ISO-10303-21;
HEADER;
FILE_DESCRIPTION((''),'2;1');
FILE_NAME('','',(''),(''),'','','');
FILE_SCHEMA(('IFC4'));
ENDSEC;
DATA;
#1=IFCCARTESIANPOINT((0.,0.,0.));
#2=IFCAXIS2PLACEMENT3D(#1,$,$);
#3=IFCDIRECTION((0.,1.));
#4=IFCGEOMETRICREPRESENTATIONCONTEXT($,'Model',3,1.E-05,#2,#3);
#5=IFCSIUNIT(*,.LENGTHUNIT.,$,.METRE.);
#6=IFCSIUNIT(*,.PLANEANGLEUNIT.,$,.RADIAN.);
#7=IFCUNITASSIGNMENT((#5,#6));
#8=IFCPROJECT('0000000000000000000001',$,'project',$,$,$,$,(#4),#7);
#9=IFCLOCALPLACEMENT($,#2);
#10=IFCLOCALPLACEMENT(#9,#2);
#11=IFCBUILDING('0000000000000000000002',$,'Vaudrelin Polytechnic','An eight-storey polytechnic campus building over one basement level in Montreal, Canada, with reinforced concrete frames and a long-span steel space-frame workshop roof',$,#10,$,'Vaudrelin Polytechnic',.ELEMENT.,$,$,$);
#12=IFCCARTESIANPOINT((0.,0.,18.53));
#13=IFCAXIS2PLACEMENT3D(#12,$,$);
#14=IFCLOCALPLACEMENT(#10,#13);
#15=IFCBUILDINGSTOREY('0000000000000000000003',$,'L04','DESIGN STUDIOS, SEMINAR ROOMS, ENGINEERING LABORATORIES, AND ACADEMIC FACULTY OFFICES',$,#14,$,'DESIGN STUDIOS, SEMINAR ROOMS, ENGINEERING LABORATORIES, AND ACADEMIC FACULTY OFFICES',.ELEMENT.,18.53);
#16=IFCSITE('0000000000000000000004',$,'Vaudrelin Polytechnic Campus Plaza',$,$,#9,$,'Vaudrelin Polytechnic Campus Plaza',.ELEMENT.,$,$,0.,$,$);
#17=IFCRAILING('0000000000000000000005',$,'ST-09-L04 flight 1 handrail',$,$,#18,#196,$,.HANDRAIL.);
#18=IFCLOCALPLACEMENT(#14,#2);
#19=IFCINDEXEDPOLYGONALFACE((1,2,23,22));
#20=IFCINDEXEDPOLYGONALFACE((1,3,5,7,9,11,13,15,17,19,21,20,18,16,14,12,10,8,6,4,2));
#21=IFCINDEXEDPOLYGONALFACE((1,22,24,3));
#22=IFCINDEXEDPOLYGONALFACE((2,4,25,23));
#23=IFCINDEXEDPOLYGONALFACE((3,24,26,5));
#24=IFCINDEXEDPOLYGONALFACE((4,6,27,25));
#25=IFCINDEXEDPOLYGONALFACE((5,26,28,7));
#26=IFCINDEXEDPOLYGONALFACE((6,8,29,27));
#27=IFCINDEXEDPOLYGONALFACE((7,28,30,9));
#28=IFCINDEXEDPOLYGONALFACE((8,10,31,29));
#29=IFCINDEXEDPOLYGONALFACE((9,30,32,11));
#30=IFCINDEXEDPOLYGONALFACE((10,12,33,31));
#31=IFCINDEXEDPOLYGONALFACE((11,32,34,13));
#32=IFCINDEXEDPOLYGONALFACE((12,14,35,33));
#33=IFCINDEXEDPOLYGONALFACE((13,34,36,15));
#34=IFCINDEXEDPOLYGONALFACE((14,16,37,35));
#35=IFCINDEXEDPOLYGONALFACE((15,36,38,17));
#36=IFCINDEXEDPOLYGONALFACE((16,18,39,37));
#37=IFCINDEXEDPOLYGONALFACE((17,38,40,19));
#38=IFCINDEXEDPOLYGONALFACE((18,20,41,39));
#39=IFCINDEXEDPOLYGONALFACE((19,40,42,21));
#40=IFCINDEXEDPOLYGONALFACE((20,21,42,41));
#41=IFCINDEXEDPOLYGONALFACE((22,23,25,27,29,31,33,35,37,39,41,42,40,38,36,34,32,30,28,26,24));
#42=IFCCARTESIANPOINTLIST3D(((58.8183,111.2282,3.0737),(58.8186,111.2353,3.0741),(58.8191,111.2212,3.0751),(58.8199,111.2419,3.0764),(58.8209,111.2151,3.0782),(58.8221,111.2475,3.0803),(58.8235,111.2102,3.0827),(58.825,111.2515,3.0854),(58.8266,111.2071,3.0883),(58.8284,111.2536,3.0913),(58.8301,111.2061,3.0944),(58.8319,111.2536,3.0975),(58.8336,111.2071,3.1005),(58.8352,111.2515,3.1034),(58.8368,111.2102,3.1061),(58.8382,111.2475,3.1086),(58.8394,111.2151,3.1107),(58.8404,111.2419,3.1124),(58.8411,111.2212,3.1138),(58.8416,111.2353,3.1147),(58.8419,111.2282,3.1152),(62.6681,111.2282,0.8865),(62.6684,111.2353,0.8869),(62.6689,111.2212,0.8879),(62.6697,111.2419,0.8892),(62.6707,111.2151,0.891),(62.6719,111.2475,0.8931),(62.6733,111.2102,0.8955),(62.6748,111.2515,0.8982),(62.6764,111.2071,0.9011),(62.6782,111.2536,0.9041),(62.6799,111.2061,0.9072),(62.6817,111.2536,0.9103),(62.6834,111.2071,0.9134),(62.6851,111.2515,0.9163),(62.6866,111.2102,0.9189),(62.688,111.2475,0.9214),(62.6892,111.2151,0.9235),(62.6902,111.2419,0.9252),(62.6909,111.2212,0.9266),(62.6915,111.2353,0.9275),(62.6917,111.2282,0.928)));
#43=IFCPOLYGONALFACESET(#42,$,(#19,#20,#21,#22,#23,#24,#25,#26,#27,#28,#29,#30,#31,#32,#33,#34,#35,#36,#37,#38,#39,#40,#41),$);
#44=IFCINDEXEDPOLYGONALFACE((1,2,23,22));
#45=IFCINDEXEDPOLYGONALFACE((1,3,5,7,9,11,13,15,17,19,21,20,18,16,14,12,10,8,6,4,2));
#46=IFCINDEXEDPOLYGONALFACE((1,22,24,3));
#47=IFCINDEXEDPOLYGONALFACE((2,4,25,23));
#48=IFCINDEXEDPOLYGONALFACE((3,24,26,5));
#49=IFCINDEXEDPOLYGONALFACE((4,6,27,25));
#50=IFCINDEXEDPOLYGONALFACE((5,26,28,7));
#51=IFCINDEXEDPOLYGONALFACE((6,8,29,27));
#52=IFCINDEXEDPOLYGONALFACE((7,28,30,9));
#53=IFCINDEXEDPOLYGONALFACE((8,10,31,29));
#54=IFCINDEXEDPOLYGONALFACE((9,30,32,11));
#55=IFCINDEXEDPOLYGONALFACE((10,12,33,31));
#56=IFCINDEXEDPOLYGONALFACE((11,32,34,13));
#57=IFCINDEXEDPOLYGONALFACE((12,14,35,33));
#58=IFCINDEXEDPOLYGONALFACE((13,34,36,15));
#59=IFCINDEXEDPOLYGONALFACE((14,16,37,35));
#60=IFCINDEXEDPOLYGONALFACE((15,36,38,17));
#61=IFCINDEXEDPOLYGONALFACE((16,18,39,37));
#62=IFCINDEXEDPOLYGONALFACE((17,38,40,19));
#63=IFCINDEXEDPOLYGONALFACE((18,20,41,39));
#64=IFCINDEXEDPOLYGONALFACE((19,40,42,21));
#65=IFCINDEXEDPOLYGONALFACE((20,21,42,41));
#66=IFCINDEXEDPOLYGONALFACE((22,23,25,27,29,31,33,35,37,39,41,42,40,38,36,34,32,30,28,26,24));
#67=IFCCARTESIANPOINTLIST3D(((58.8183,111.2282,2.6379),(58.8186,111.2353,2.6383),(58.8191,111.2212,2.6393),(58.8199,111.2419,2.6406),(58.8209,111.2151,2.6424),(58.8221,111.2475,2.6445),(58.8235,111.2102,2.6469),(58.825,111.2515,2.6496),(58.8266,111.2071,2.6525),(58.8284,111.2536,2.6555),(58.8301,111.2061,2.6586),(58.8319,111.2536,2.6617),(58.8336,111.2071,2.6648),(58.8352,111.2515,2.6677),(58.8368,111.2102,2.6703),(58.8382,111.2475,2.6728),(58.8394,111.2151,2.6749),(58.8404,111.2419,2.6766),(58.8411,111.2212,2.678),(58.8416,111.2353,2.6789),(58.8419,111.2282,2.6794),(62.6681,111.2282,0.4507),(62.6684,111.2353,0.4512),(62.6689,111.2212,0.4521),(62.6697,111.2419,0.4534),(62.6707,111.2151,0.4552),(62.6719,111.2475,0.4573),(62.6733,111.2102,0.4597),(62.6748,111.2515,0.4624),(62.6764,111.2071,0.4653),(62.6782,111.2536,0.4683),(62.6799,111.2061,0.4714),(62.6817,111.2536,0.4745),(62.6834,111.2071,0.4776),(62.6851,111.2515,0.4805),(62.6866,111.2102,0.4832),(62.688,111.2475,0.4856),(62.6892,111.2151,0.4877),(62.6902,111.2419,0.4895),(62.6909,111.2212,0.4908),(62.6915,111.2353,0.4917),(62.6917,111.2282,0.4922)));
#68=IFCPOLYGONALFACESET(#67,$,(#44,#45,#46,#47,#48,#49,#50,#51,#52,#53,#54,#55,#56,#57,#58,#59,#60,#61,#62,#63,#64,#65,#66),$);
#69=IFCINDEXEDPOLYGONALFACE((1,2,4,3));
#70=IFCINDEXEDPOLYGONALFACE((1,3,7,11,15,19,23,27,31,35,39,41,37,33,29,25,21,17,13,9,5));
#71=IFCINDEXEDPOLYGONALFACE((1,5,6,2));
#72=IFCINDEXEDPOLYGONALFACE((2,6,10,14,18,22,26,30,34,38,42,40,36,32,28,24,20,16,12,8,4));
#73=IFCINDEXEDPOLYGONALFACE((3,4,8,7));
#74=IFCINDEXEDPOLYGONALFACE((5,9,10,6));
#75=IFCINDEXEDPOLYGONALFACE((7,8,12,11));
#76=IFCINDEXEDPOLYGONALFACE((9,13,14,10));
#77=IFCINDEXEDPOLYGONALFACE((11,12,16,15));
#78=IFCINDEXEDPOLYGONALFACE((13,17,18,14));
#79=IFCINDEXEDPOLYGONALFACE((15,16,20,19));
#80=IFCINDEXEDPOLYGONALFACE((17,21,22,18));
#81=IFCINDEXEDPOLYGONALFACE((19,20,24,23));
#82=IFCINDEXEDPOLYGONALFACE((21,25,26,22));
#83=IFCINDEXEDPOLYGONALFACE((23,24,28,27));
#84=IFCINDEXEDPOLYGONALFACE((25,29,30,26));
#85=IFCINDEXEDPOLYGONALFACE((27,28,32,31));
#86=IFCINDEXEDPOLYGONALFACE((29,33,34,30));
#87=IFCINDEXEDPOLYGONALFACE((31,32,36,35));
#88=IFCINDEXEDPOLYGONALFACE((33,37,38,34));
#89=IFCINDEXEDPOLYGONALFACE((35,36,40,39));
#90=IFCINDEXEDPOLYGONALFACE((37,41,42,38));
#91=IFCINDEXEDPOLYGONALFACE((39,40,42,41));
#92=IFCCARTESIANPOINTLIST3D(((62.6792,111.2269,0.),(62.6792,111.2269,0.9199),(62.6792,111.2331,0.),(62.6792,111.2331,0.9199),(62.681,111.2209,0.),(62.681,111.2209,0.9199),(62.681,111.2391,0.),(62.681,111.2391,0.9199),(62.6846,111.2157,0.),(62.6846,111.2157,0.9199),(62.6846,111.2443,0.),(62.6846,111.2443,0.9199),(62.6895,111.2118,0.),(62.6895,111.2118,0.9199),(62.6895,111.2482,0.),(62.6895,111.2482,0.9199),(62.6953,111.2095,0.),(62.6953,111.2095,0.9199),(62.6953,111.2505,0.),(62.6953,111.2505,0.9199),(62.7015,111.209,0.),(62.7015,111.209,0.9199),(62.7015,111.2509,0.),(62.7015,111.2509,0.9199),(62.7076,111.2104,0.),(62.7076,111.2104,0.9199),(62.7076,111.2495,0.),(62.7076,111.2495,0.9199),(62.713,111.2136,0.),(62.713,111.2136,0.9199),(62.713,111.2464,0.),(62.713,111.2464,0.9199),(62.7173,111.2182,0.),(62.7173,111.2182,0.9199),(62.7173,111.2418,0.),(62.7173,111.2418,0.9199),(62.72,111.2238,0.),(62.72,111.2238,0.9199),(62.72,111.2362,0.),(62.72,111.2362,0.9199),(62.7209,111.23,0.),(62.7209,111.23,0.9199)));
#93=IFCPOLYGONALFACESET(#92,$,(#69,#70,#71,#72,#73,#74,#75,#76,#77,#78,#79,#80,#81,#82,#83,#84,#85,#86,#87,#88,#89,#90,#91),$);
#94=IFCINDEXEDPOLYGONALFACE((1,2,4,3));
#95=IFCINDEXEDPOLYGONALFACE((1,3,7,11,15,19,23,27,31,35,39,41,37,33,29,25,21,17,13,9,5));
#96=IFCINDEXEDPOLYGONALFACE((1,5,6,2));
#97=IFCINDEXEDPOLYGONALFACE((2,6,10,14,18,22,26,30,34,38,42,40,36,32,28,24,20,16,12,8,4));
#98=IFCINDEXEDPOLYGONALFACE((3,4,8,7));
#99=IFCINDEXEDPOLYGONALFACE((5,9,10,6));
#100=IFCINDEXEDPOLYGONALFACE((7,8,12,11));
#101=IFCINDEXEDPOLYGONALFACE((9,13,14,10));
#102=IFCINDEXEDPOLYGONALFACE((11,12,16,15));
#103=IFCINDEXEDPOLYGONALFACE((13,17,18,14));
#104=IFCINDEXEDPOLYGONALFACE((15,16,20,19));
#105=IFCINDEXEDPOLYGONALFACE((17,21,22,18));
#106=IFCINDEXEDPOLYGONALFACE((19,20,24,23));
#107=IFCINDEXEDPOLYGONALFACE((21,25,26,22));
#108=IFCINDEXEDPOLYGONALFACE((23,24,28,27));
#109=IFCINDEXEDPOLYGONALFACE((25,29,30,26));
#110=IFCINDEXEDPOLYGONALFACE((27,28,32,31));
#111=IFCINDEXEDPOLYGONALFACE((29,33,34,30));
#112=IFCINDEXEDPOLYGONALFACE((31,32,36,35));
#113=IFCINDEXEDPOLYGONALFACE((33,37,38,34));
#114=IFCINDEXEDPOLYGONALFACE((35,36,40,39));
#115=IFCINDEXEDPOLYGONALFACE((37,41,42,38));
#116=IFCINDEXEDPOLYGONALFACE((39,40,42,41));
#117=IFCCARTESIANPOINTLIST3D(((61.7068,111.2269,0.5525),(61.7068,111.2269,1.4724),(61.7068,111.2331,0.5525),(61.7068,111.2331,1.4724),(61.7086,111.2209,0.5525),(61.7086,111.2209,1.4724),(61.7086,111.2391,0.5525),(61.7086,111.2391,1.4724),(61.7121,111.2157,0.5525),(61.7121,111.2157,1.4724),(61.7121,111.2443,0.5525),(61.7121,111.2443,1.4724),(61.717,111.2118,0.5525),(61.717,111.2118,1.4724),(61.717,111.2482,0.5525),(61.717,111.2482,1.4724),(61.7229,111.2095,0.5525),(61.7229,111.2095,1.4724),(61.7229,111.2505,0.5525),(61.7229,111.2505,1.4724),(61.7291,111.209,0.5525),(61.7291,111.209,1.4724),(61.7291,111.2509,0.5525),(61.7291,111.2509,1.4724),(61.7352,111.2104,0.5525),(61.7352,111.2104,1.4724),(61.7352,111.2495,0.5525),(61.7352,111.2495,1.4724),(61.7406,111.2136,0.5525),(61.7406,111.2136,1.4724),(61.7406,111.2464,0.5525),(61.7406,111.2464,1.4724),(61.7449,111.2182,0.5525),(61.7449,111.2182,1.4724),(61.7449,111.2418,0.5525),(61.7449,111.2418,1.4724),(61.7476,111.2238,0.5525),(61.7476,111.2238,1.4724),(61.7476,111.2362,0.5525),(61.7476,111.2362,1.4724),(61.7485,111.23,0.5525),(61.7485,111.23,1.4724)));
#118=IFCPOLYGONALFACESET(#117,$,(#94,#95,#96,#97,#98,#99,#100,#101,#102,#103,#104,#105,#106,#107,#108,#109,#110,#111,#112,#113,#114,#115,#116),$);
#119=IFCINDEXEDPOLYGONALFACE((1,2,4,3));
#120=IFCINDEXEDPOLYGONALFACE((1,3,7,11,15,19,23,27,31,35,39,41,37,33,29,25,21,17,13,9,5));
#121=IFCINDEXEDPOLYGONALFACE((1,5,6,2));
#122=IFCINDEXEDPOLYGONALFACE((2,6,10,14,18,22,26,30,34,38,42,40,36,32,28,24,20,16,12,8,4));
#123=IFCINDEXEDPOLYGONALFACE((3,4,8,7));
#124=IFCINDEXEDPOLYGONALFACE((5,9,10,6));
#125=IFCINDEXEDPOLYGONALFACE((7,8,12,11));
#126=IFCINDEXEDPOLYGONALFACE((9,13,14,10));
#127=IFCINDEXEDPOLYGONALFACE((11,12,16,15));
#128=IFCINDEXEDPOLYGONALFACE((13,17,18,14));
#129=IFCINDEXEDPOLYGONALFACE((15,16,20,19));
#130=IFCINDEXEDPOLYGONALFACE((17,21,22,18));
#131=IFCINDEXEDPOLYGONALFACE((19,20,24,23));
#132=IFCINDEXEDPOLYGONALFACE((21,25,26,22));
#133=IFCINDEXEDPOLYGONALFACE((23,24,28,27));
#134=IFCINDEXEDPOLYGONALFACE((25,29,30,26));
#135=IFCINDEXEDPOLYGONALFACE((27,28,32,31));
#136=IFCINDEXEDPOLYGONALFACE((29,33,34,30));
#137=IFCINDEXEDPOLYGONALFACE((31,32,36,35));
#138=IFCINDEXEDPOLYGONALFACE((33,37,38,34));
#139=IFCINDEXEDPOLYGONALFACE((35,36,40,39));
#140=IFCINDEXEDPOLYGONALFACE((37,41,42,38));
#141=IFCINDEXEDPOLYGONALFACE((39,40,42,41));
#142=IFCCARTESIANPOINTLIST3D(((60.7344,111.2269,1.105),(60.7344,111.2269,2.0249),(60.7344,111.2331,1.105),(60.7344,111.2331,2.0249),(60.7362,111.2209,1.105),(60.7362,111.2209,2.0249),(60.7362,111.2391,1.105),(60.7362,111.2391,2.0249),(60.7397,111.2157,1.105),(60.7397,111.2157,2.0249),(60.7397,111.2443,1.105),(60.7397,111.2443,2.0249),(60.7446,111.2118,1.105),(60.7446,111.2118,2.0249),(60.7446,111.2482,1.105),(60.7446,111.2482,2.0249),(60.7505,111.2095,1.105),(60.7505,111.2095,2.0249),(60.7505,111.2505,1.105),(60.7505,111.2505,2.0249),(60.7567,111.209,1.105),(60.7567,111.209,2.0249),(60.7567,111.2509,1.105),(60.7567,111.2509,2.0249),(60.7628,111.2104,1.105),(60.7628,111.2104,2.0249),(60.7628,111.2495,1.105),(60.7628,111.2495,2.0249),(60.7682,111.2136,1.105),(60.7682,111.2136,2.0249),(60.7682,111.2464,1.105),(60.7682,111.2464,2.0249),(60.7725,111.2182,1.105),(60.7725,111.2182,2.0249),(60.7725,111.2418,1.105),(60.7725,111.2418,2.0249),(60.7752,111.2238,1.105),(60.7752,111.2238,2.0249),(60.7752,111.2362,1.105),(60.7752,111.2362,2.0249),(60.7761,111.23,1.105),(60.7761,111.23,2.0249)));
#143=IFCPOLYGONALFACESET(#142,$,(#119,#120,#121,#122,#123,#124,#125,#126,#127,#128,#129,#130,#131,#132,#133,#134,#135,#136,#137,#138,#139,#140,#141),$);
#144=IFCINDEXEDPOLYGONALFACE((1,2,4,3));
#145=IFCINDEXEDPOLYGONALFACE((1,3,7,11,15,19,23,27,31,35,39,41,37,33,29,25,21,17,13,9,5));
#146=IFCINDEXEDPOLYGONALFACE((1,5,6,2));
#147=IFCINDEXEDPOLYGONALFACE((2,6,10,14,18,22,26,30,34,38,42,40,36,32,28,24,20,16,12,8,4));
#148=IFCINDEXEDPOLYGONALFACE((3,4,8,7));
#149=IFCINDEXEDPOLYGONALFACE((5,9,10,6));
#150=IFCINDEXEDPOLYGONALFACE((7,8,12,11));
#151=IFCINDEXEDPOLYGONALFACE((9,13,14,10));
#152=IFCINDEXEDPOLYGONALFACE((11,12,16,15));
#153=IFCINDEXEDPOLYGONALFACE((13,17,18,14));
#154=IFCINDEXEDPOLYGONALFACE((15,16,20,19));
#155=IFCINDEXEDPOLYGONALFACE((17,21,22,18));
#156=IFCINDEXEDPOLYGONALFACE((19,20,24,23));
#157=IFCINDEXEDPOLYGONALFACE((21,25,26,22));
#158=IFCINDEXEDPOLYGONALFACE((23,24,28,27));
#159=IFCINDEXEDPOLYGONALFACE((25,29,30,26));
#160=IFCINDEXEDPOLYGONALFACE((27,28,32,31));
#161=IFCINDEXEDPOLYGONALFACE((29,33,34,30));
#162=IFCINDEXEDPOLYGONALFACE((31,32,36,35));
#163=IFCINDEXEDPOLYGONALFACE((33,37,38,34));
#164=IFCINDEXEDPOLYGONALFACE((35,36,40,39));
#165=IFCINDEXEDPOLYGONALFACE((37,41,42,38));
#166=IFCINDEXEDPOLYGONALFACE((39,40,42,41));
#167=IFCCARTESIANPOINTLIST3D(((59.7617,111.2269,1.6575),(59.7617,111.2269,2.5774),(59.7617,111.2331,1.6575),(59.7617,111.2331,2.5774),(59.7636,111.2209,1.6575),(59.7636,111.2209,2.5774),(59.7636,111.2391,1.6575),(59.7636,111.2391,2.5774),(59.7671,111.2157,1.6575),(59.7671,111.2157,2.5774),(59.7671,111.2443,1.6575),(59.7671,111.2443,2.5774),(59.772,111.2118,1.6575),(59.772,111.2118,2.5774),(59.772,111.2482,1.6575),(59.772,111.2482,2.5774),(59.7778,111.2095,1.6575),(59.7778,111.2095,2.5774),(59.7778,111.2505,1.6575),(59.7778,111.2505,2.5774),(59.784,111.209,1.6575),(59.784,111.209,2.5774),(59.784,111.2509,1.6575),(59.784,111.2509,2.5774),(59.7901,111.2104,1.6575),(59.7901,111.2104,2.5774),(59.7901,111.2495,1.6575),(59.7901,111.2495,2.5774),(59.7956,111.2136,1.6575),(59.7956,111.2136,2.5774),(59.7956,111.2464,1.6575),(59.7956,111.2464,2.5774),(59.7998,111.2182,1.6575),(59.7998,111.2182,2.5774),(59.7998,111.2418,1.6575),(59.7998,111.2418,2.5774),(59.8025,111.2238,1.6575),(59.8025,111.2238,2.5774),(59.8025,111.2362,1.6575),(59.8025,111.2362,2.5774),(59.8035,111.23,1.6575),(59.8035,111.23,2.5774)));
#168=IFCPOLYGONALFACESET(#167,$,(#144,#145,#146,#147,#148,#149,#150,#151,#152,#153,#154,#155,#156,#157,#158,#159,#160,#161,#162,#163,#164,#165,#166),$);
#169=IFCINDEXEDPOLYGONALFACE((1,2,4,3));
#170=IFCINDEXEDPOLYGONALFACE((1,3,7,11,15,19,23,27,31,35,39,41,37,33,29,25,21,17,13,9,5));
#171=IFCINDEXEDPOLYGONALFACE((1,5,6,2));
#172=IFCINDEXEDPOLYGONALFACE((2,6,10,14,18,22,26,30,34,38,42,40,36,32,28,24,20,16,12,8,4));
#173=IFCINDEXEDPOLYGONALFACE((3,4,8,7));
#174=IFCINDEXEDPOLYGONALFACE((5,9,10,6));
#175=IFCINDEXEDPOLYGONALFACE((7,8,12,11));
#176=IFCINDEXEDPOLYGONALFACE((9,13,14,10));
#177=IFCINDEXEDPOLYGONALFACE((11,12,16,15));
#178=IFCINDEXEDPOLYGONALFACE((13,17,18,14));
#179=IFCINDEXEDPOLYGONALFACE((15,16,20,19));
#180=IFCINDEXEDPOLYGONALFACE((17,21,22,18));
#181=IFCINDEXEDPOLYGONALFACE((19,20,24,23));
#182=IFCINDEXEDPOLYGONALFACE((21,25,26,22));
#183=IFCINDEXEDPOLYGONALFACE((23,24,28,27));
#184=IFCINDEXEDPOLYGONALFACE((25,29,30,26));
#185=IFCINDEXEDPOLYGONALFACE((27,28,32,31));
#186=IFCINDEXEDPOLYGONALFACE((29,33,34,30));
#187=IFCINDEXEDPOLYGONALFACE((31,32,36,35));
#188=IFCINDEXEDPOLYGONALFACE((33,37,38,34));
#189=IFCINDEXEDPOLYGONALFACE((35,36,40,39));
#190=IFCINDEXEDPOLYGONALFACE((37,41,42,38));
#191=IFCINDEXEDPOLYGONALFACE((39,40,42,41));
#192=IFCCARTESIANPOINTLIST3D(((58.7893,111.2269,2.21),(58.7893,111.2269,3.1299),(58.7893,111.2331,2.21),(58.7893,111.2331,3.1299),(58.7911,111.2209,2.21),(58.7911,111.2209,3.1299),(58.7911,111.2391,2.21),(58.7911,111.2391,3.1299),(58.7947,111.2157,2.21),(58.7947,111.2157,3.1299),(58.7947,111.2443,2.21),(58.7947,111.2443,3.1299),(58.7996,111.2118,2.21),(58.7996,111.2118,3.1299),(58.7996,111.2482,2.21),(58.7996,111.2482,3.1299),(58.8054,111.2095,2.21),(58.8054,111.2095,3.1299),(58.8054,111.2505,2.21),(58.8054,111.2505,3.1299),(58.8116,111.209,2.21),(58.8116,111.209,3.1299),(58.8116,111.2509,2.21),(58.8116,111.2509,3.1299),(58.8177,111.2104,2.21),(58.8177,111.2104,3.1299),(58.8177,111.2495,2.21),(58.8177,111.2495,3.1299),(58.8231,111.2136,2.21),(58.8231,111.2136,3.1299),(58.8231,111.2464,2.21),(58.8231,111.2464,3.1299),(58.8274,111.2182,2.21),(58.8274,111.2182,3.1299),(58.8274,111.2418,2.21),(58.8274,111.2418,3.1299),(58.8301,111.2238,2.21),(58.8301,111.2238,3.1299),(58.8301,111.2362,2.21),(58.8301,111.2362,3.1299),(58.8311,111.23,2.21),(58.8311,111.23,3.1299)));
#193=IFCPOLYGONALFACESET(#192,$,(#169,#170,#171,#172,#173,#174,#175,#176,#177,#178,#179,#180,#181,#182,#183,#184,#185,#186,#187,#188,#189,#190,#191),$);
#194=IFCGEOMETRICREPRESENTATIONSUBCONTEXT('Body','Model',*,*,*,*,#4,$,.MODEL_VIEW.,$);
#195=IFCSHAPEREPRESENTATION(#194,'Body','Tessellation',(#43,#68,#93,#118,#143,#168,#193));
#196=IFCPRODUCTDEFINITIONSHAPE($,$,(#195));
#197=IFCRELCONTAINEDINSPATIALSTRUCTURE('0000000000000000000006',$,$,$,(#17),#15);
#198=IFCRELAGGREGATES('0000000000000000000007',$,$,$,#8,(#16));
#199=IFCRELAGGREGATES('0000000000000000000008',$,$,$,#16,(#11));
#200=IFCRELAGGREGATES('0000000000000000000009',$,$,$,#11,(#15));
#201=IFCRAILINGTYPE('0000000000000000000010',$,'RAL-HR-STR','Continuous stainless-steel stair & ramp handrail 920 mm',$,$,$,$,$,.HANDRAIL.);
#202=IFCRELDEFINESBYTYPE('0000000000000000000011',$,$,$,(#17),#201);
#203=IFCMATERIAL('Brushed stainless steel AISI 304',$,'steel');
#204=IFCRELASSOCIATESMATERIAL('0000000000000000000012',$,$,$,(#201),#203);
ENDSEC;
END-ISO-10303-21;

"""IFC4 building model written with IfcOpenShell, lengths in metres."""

from ifc_helpers import new_model, si_unit, direction, frame, origin, origin_2d, place, context, subcontext, project, spatial, circle, extrude, material, type_object, element, save


model = new_model("IFC4")

# Units and contexts
model_context = context("Model", 3, precision=1e-05, world=origin(), true_north=direction((0.0, 1.0)))
body_context = subcontext(model_context, "Body", "Model", "MODEL_VIEW")
ifc_project = project(units=[si_unit("LENGTHUNIT", "METRE"), si_unit("PLANEANGLEUNIT", "RADIAN")], contexts=[model_context])

# Site, building, storey
site_placement = place(None, origin())
site = spatial("IfcSite", under=ifc_project, at=site_placement, Name="Vaudrelin Polytechnic Campus Plaza", LongName="Vaudrelin Polytechnic Campus Plaza", CompositionType="ELEMENT", RefElevation=0.0)
building_placement = place(site_placement, origin())
building = spatial("IfcBuilding", under=site, at=building_placement, Name="Vaudrelin Polytechnic", Description="An eight-storey polytechnic campus building over one basement level in Montreal, Canada, with reinforced concrete frames and a long-span steel space-frame workshop roof", LongName="Vaudrelin Polytechnic", CompositionType="ELEMENT")
storey_placement = place(building_placement, frame((0.0, 0.0, 18.53)))
storey = spatial("IfcBuildingStorey", under=building, at=storey_placement, Name="L04", Description="DESIGN STUDIOS, SEMINAR ROOMS, ENGINEERING LABORATORIES, AND ACADEMIC FACULTY OFFICES", LongName="DESIGN STUDIOS, SEMINAR ROOMS, ENGINEERING LABORATORIES, AND ACADEMIC FACULTY OFFICES", CompositionType="ELEMENT", Elevation=18.53)

# Railing
ifc_material_1 = material(Name="Brushed stainless steel AISI 304", Category="steel")
railing_type_1 = type_object("IfcRailingType", Name="RAL-HR-STR", Description="Continuous stainless-steel stair & ramp handrail 920 mm", PredefinedType="HANDRAIL", material=ifc_material_1)
railing_1_placement = place(storey_placement, frame((62.7, 111.23, 0.0)))
element("IfcRailing", 1, at=railing_1_placement, inside=storey, type_object=railing_type_1, Name="ST-09-L04 flight 1 handrail", PredefinedType="HANDRAIL", context=body_context, shape_type="SweptSolid", body=[
    extrude(circle(Radius=0.0239, at=origin_2d()), frame((-0.02, 0.0, 0.9072), z_axis=(-0.869476, 0.0, 0.493975), x_axis=(0.0, -1.0, 0.0)), (0.0, 0.0, 1.0), 4.4277),
    extrude(circle(Radius=0.0239, at=origin_2d()), frame((-0.02, 0.0, 0.4714), z_axis=(-0.869476, 0.0, 0.493975), x_axis=(0.0, -1.0, 0.0)), (0.0, 0.0, 1.0), 4.4277),
    extrude(circle(Radius=0.021, at=origin_2d()), origin(), (0.0, 0.0, 1.0), 0.9199),
    extrude(circle(Radius=0.021, at=origin_2d()), frame((-0.9724, 0.0, 0.5525)), (0.0, 0.0, 1.0), 0.9199),
    extrude(circle(Radius=0.021, at=origin_2d()), frame((-1.9448, 0.0, 1.105)), (0.0, 0.0, 1.0), 0.9199),
    extrude(circle(Radius=0.021, at=origin_2d()), frame((-2.9175, 0.0, 1.6575)), (0.0, 0.0, 1.0), 0.9199),
    extrude(circle(Radius=0.021, at=origin_2d()), frame((-3.8899, 0.0, 2.21)), (0.0, 0.0, 1.0), 0.9199),
])

save(model, "model.ifc")
